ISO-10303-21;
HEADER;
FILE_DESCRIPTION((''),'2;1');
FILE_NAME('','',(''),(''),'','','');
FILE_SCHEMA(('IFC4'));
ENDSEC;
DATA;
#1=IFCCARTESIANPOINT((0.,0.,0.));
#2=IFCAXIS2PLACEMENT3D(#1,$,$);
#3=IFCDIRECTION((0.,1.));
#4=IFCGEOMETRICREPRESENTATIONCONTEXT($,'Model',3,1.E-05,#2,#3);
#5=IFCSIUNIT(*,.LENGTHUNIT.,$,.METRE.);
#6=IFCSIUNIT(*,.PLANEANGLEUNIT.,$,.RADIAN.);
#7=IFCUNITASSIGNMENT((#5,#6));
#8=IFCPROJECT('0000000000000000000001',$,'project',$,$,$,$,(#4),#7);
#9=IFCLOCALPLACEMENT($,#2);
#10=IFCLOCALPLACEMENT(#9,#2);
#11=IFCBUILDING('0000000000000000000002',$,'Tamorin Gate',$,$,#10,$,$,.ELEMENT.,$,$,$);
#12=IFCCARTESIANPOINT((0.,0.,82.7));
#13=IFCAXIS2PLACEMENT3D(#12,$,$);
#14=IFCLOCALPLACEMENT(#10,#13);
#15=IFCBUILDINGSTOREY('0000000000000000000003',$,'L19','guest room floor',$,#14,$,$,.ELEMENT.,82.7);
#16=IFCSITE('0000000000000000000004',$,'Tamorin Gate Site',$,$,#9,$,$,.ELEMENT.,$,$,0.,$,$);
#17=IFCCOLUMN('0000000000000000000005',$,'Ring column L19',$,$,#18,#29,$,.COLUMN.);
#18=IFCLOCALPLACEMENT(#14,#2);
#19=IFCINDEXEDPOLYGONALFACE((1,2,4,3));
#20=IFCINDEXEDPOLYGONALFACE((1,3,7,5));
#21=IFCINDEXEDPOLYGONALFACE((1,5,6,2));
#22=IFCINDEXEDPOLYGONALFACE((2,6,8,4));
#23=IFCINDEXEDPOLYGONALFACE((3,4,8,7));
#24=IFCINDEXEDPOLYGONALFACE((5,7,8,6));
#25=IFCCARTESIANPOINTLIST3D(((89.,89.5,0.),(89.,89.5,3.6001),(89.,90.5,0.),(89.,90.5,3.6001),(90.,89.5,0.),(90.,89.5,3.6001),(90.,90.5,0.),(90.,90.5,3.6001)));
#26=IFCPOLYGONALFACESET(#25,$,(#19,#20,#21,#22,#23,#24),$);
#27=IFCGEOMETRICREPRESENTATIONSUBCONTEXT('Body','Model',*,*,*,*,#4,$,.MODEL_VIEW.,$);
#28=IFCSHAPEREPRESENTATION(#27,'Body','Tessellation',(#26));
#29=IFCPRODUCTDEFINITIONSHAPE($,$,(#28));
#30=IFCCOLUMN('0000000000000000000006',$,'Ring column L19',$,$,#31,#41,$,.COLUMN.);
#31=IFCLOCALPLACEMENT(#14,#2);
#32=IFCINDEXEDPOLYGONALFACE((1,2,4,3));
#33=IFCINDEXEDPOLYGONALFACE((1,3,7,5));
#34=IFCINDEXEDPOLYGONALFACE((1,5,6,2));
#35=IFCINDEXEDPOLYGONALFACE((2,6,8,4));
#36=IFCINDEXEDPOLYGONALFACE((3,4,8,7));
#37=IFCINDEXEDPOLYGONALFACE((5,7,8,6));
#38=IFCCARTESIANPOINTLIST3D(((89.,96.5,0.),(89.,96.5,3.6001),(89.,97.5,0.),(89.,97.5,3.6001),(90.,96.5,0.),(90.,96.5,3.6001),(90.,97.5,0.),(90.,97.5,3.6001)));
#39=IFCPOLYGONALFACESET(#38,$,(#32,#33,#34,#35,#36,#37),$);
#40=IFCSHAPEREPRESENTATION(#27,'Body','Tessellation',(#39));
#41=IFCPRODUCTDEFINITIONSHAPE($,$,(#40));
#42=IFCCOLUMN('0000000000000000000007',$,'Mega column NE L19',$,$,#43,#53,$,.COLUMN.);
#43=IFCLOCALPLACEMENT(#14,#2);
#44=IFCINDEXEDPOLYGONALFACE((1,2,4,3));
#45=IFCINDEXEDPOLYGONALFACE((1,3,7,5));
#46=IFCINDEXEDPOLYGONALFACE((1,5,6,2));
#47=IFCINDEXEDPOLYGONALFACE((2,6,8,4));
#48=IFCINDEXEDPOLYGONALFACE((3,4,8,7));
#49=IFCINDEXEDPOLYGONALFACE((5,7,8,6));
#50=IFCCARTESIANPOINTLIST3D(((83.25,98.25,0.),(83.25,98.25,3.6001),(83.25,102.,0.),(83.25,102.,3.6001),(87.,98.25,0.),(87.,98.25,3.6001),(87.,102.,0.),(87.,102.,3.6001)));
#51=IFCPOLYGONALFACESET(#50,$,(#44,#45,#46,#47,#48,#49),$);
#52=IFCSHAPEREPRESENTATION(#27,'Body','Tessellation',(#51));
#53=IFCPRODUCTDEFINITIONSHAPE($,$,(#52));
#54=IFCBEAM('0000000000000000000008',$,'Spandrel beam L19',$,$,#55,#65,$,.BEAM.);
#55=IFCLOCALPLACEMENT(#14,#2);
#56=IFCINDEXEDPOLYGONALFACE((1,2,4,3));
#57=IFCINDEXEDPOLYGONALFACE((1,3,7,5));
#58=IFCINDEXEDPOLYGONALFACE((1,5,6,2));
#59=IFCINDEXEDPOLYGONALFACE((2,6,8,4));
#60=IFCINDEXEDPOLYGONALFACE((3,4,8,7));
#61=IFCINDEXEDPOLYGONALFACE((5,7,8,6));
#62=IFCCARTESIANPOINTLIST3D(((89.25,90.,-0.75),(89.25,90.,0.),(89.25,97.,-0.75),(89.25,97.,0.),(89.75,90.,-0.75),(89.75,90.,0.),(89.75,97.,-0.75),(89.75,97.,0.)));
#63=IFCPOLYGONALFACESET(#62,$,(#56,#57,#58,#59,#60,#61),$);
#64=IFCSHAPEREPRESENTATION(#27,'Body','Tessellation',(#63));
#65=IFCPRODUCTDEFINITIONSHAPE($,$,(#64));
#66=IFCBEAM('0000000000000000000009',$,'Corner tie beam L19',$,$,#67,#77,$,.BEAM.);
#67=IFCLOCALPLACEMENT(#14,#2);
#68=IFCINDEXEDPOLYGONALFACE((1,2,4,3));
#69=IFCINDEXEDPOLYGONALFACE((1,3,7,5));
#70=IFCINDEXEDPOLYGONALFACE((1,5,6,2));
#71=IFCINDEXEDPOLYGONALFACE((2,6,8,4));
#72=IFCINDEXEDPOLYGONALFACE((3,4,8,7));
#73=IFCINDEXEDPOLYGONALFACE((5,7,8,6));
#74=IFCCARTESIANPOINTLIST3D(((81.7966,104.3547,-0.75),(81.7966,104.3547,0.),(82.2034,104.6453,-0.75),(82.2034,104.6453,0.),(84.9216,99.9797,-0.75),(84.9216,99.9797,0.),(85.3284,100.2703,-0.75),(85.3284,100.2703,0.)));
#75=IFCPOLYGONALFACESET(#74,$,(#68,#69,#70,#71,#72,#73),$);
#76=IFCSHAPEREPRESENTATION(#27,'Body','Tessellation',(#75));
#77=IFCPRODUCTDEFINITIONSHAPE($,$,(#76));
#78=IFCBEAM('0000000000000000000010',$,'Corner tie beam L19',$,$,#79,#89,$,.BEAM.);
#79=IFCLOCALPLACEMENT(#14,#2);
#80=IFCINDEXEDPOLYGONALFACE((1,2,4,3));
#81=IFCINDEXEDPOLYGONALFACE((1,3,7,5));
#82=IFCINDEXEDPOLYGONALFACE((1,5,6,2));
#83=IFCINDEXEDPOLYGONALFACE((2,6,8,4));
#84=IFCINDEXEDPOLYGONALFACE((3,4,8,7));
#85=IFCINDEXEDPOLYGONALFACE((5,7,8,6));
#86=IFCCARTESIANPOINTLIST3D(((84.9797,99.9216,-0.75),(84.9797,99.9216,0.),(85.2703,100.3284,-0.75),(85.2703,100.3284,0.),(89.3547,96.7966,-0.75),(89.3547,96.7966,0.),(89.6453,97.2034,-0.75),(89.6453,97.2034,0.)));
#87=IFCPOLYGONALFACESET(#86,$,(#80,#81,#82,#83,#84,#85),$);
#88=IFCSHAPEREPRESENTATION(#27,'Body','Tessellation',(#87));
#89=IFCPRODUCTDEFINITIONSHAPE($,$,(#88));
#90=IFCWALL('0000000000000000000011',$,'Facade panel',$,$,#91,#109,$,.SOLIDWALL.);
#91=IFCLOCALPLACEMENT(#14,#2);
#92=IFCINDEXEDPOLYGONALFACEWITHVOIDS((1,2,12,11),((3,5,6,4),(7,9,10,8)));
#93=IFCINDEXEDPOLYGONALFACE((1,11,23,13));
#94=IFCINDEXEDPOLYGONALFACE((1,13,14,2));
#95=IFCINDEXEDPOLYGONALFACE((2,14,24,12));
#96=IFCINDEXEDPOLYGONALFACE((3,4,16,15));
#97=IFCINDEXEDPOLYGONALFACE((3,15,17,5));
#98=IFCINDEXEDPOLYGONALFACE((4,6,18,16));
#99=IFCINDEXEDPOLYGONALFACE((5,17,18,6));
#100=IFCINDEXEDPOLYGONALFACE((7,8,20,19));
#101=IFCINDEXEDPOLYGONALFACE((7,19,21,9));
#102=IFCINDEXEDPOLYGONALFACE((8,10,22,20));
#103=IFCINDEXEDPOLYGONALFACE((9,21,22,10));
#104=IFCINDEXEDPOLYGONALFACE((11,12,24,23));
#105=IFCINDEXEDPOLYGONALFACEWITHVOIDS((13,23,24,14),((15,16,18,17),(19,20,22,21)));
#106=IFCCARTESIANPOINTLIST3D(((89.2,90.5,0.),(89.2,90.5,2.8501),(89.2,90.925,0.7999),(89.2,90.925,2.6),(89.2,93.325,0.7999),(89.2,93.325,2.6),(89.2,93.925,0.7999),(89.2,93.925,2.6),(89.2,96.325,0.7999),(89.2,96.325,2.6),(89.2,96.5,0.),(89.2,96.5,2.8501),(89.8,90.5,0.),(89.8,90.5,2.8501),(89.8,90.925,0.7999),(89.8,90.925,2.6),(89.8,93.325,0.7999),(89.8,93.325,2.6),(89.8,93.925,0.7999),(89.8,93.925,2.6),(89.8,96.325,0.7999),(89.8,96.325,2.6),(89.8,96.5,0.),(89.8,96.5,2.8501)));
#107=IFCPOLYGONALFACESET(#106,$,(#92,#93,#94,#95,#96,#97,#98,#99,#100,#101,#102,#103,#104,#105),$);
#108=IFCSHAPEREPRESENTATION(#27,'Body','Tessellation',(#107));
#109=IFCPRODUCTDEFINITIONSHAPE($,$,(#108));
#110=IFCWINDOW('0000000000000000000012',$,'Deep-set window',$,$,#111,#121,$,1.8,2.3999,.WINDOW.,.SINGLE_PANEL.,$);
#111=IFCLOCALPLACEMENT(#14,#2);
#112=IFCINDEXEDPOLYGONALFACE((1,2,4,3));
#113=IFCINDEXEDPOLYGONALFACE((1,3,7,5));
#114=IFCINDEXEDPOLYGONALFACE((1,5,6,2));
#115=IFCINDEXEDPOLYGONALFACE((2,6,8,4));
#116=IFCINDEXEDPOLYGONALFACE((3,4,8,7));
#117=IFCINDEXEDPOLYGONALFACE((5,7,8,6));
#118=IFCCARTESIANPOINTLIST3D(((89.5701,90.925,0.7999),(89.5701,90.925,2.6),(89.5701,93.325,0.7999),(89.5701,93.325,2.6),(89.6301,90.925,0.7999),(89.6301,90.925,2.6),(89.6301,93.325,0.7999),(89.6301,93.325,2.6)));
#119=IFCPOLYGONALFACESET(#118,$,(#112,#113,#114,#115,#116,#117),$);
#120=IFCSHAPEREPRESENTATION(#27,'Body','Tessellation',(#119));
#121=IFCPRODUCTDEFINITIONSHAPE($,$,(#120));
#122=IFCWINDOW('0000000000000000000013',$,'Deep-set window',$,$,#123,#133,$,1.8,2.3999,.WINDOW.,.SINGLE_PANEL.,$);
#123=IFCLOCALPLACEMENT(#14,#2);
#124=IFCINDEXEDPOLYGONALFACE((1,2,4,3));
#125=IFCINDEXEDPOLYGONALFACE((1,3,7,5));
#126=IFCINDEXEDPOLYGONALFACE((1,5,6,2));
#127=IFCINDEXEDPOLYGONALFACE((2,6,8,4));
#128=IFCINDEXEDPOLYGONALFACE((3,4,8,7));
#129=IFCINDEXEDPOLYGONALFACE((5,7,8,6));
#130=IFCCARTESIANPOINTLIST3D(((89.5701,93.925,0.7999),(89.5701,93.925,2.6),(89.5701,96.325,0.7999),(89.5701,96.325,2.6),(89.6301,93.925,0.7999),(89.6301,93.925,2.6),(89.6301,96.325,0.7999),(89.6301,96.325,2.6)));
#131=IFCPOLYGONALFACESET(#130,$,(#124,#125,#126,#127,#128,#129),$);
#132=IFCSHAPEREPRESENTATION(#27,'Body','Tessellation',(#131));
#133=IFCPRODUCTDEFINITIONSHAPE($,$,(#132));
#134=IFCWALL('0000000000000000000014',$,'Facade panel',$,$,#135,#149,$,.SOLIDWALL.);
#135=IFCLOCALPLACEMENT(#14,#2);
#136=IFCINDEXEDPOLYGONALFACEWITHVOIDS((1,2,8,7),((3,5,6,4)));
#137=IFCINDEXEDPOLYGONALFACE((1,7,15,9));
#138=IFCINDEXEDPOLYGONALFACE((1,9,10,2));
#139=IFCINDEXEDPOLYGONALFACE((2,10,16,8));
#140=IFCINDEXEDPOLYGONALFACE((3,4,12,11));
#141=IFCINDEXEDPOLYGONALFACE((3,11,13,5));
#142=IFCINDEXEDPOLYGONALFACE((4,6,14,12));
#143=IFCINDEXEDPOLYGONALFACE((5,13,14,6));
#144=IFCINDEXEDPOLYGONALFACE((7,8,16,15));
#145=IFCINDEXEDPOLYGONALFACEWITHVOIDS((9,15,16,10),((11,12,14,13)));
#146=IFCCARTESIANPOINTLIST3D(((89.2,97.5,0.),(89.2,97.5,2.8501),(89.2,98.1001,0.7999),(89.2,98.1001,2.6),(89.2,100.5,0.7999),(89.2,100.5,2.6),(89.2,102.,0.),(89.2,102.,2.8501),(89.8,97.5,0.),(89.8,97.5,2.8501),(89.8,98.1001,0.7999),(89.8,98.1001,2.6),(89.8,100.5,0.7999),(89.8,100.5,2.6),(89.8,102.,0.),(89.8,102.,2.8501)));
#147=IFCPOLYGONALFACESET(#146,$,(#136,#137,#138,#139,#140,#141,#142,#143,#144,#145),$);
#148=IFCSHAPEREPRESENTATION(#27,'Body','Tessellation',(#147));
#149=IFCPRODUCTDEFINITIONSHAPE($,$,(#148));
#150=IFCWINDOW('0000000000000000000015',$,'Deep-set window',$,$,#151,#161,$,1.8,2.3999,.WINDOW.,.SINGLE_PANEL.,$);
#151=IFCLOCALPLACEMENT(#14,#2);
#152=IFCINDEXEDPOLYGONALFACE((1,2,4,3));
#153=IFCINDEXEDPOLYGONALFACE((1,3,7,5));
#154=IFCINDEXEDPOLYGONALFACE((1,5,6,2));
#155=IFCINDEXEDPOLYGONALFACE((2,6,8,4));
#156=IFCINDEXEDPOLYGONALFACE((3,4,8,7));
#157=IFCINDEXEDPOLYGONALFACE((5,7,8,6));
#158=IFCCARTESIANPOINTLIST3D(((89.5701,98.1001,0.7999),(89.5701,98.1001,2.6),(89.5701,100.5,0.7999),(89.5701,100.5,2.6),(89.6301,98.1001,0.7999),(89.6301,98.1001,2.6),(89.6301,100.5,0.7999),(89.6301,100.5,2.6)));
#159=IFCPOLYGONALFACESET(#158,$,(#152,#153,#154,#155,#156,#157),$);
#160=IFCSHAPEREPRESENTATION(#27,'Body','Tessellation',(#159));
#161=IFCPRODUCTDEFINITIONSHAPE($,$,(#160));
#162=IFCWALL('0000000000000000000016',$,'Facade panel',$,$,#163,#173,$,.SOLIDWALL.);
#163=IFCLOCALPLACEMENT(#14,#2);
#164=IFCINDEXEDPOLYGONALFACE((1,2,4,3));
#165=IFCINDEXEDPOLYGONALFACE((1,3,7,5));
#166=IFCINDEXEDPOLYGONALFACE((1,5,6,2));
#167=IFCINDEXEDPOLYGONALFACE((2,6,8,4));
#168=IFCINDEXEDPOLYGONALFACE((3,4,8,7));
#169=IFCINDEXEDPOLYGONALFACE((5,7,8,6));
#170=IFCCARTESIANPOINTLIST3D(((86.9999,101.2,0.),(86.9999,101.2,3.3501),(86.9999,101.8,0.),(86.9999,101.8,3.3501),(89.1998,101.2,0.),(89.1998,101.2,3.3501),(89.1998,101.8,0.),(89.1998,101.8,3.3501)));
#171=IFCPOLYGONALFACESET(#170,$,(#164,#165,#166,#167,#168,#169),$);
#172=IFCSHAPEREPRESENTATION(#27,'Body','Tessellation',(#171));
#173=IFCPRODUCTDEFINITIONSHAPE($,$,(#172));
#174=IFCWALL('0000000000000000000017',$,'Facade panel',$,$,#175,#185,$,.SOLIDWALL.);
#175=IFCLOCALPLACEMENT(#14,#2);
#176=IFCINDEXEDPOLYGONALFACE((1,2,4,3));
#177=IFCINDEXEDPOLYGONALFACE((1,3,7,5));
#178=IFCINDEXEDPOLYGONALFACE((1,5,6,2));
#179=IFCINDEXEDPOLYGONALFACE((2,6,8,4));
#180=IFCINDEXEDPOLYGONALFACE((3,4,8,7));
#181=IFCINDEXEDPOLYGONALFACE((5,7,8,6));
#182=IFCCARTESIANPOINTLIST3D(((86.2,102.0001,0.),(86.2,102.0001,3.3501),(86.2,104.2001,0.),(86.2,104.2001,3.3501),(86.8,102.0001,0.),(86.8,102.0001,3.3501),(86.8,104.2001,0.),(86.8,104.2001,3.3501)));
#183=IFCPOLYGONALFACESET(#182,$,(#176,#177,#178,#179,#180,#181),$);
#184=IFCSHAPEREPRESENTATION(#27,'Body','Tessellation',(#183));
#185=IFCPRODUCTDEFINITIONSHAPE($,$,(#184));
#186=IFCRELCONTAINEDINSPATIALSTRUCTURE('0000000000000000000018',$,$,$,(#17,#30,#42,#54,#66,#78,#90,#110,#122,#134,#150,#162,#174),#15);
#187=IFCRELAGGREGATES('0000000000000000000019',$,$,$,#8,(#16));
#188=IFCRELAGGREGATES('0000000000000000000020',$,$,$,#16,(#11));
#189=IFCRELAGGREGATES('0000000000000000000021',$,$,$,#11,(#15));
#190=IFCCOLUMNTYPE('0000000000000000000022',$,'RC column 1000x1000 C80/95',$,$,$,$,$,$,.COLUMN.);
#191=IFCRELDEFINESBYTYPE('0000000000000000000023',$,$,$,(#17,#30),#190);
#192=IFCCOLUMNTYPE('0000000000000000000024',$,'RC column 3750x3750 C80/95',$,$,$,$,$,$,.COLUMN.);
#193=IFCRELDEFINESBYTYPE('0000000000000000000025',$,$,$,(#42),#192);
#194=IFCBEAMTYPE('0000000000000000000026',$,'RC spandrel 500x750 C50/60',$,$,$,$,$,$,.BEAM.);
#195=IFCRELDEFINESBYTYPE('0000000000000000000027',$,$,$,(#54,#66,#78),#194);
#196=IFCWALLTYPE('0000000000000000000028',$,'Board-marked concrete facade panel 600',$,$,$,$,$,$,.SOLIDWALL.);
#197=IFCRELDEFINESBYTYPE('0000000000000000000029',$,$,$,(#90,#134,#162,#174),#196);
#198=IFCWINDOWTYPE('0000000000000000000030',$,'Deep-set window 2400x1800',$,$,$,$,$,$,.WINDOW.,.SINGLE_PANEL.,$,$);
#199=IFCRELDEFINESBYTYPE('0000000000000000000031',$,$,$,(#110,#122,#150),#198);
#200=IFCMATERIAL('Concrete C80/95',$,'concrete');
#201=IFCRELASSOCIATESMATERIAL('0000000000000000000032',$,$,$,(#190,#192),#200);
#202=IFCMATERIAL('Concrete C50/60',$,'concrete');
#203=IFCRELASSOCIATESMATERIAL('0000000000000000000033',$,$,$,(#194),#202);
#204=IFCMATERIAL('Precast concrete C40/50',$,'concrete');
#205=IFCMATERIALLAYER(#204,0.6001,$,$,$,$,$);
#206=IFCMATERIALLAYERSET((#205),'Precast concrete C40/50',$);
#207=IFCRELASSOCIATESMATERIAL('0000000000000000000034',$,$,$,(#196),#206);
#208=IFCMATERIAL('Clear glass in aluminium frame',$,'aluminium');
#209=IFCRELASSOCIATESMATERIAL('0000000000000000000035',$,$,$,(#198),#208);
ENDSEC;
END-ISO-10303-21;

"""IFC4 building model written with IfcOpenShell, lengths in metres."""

from ifc_helpers import new_model, si_unit, direction, frame, frame_2d, origin, origin_2d, place, context, subcontext, project, spatial, rectangle, extrude, material, layer, layer_set, material_profile, profile_set, type_object, element, fill, save


model = new_model("IFC4")

# Units and contexts
model_context = context("Model", 3, precision=1e-05, world=origin(), true_north=direction((0.0, 1.0)))
body_context = subcontext(model_context, "Body", "Model", "MODEL_VIEW")
ifc_project = project(units=[si_unit("LENGTHUNIT", "METRE"), si_unit("PLANEANGLEUNIT", "RADIAN")], contexts=[model_context])

# Site, building, storey
site_placement = place(None, origin())
site = spatial("IfcSite", under=ifc_project, at=site_placement, Name="Tamorin Gate Site", CompositionType="ELEMENT", RefElevation=0.0)
building_placement = place(site_placement, origin())
building = spatial("IfcBuilding", under=site, at=building_placement, Name="Tamorin Gate", CompositionType="ELEMENT")
storey_placement = place(building_placement, frame((0.0, 0.0, 82.7)))
storey = spatial("IfcBuildingStorey", under=building, at=storey_placement, Name="L19", Description="guest room floor", CompositionType="ELEMENT", Elevation=82.7)

# Columns
ifc_material_1 = material(Name="Concrete C80/95", Category="concrete")
ifc_material_profile_1 = material_profile(ifc_material_1, rectangle(XDim=1.0, YDim=1.0, at=origin_2d()), Name="RC 1000x1000")
ifc_profile_set_1 = profile_set([ifc_material_profile_1], Name="Concrete C80/95")
column_type_1 = type_object("IfcColumnType", Name="RC column 1000x1000 C80/95", PredefinedType="COLUMN", material=ifc_profile_set_1)
for number, where, z_axis, x_axis, name in (
    (1, (89.5, 90.0, 0.0), (0.0, 0.0, 1.0), (1.0, 0.0, 0.0), "Ring column L19"),
    (2, (89.5, 97.0, 0.0), (0.0, 0.0, 1.0), (1.0, 0.0, 0.0), "Ring column L19"),
):
    element("IfcColumn", number, at=place(storey_placement, frame(where, z_axis=z_axis, x_axis=x_axis)), inside=storey, type_object=column_type_1, Name=name, PredefinedType="COLUMN", context=body_context, shape_type="SweptSolid", body=[
        extrude(rectangle(XDim=1.0, YDim=1.0, at=origin_2d()), origin(), (0.0, 0.0, 1.0), 3.6001),
    ])
ifc_material_profile_2 = material_profile(ifc_material_1, rectangle(XDim=3.75, YDim=3.75, at=origin_2d()), Name="RC 3750x3750")
ifc_profile_set_2 = profile_set([ifc_material_profile_2], Name="Concrete C80/95")
column_type_2 = type_object("IfcColumnType", Name="RC column 3750x3750 C80/95", PredefinedType="COLUMN", material=ifc_profile_set_2)
column_placement = place(storey_placement, frame((85.125, 100.125, 0.0), z_axis=(0.0, 0.0, 1.0), x_axis=(1.0, 0.0, 0.0)))
element("IfcColumn", 3, at=column_placement, inside=storey, type_object=column_type_2, Name="Mega column NE L19", PredefinedType="COLUMN", context=body_context, shape_type="SweptSolid", body=[
    extrude(rectangle(XDim=3.75, YDim=3.75, at=origin_2d()), origin(), (0.0, 0.0, 1.0), 3.6001),
])

# Beams
ifc_material_2 = material(Name="Concrete C50/60", Category="concrete")
ifc_material_profile_3 = material_profile(ifc_material_2, rectangle(XDim=0.5, YDim=0.75, at=origin_2d()), Name="RC 500x750")
ifc_profile_set_3 = profile_set([ifc_material_profile_3], Name="Concrete C50/60")
beam_type = type_object("IfcBeamType", Name="RC spandrel 500x750 C50/60", PredefinedType="BEAM", material=ifc_profile_set_3)
beam_placement = place(storey_placement, frame((89.5, 90.0, -0.375), z_axis=(0.0, 1.0, 0.0), x_axis=(-1.0, 0.0, 0.0)))
element("IfcBeam", 4, at=beam_placement, inside=storey, type_object=beam_type, Name="Spandrel beam L19", PredefinedType="BEAM", context=body_context, shape_type="SweptSolid", body=[
    extrude(rectangle(XDim=0.5, YDim=0.75, at=origin_2d()), origin(), (0.0, 0.0, 1.0), 7.0),
])
for number, where, z_axis, x_axis, name in (
    (5, (85.125, 100.125, -0.375), (-0.581238, 0.813733, 0.0), (-0.813733, -0.581238, 0.0), "Corner tie beam L19"),
    (6, (85.125, 100.125, -0.375), (0.813733, -0.581238, 0.0), (0.581238, 0.813733, 0.0), "Corner tie beam L19"),
):
    element("IfcBeam", number, at=place(storey_placement, frame(where, z_axis=z_axis, x_axis=x_axis)), inside=storey, type_object=beam_type, Name=name, PredefinedType="BEAM", context=body_context, shape_type="SweptSolid", body=[
        extrude(rectangle(XDim=0.5, YDim=0.75, at=origin_2d()), origin(), (0.0, 0.0, 1.0), 5.3765),
    ])

# Wall, openings, windows
ifc_material_3 = material(Name="Precast concrete C40/50", Category="concrete")
ifc_layer_1 = layer(ifc_material_3, 0.6001)
ifc_layer_set_1 = layer_set([ifc_layer_1], Name="Precast concrete C40/50")
wall_type_1 = type_object("IfcWallType", Name="Board-marked concrete facade panel 600", PredefinedType="SOLIDWALL", material=ifc_layer_set_1)
wall_1_placement = place(storey_placement, frame((89.5, 90.5, 0.0), z_axis=(0.0, 0.0, 1.0), x_axis=(0.0, 1.0, 0.0)))
wall_1 = element("IfcWall", 7, at=wall_1_placement, inside=storey, type_object=wall_type_1, Name="Facade panel", PredefinedType="SOLIDWALL", context=body_context, shape_type="SweptSolid", body=[
    extrude(rectangle(XDim=6.0, YDim=0.6001, at=frame_2d((3.0, 0.0))), origin(), (0.0, 0.0, 1.0), 2.8501),
])
opening_1_placement = place(wall_1_placement, frame((0.425, 0.0, 0.8)))
opening_1 = element("IfcOpeningElement", 8, at=opening_1_placement, cuts=wall_1, PredefinedType="OPENING", context=body_context, shape_type="SweptSolid", body=[
    extrude(rectangle(XDim=2.3999, YDim=1.8, at=frame_2d((1.2, 0.8999))), frame((0.0, 0.3101, 0.0), z_axis=(0.0, -1.0, 0.0), x_axis=(1.0, 0.0, 0.0)), (0.0, 0.0, 1.0), 0.6201),
])
opening_2_placement = place(wall_1_placement, frame((3.425, 0.0, 0.8)))
opening_2 = element("IfcOpeningElement", 9, at=opening_2_placement, cuts=wall_1, PredefinedType="OPENING", context=body_context, shape_type="SweptSolid", body=[
    extrude(rectangle(XDim=2.3999, YDim=1.8, at=frame_2d((1.2, 0.8999))), frame((0.0, 0.3101, 0.0), z_axis=(0.0, -1.0, 0.0), x_axis=(1.0, 0.0, 0.0)), (0.0, 0.0, 1.0), 0.6201),
])
ifc_material_4 = material(Name="Clear glass in aluminium frame", Category="aluminium")
window_type = type_object("IfcWindowType", Name="Deep-set window 2400x1800", PartitioningType="SINGLE_PANEL", PredefinedType="WINDOW", material=ifc_material_4)
window_1_placement = place(opening_1_placement, origin())
window_1 = element("IfcWindow", 10, at=window_1_placement, inside=storey, type_object=window_type, Name="Deep-set window", OverallHeight=1.8, OverallWidth=2.3999, PartitioningType="SINGLE_PANEL", PredefinedType="WINDOW", context=body_context, shape_type="SweptSolid", body=[
    extrude(rectangle(XDim=2.3999, YDim=1.8, at=frame_2d((1.2, 0.8999))), frame((0.0, -0.0701, 0.0), z_axis=(0.0, -1.0, 0.0), x_axis=(1.0, 0.0, 0.0)), (0.0, 0.0, 1.0), 0.0601),
])
fill(opening_1, window_1)
window_2_placement = place(opening_2_placement, origin())
window_2 = element("IfcWindow", 11, at=window_2_placement, inside=storey, type_object=window_type, Name="Deep-set window", OverallHeight=1.8, OverallWidth=2.3999, PartitioningType="SINGLE_PANEL", PredefinedType="WINDOW", context=body_context, shape_type="SweptSolid", body=[
    extrude(rectangle(XDim=2.3999, YDim=1.8, at=frame_2d((1.2, 0.8999))), frame((0.0, -0.0701, 0.0), z_axis=(0.0, -1.0, 0.0), x_axis=(1.0, 0.0, 0.0)), (0.0, 0.0, 1.0), 0.0601),
])
fill(opening_2, window_2)

# Wall, opening, window
wall_2_placement = place(storey_placement, frame((89.5, 97.5, 0.0), z_axis=(0.0, 0.0, 1.0), x_axis=(0.0, 1.0, 0.0)))
wall_2 = element("IfcWall", 12, at=wall_2_placement, inside=storey, type_object=wall_type_1, Name="Facade panel", PredefinedType="SOLIDWALL", context=body_context, shape_type="SweptSolid", body=[
    extrude(rectangle(XDim=4.5, YDim=0.6001, at=frame_2d((2.25, 0.0))), origin(), (0.0, 0.0, 1.0), 2.8501),
])
opening_3_placement = place(wall_2_placement, frame((0.6001, 0.0, 0.8)))
opening_3 = element("IfcOpeningElement", 13, at=opening_3_placement, cuts=wall_2, PredefinedType="OPENING", context=body_context, shape_type="SweptSolid", body=[
    extrude(rectangle(XDim=2.3999, YDim=1.8, at=frame_2d((1.2, 0.8999))), frame((0.0, 0.3101, 0.0), z_axis=(0.0, -1.0, 0.0), x_axis=(1.0, 0.0, 0.0)), (0.0, 0.0, 1.0), 0.6201),
])
window_3_placement = place(opening_3_placement, origin())
window_3 = element("IfcWindow", 14, at=window_3_placement, inside=storey, type_object=window_type, Name="Deep-set window", OverallHeight=1.8, OverallWidth=2.3999, PartitioningType="SINGLE_PANEL", PredefinedType="WINDOW", context=body_context, shape_type="SweptSolid", body=[
    extrude(rectangle(XDim=2.3999, YDim=1.8, at=frame_2d((1.2, 0.8999))), frame((0.0, -0.0701, 0.0), z_axis=(0.0, -1.0, 0.0), x_axis=(1.0, 0.0, 0.0)), (0.0, 0.0, 1.0), 0.0601),
])
fill(opening_3, window_3)

# Walls
for number, where, z_axis, x_axis, name in (
    (15, (89.2, 101.5, 0.0), (0.0, 0.0, 1.0), (-1.0, 0.0, 0.0), "Facade panel"),
    (16, (86.5, 102.0, 0.0), (0.0, 0.0, 1.0), (0.0, 1.0, 0.0), "Facade panel"),
):
    element("IfcWall", number, at=place(storey_placement, frame(where, z_axis=z_axis, x_axis=x_axis)), inside=storey, type_object=wall_type_1, Name=name, PredefinedType="SOLIDWALL", context=body_context, shape_type="SweptSolid", body=[
        extrude(rectangle(XDim=2.2, YDim=0.6001, at=frame_2d((1.1001, 0.0))), origin(), (0.0, 0.0, 1.0), 3.3501),
    ])

save(model, "model.ifc")
